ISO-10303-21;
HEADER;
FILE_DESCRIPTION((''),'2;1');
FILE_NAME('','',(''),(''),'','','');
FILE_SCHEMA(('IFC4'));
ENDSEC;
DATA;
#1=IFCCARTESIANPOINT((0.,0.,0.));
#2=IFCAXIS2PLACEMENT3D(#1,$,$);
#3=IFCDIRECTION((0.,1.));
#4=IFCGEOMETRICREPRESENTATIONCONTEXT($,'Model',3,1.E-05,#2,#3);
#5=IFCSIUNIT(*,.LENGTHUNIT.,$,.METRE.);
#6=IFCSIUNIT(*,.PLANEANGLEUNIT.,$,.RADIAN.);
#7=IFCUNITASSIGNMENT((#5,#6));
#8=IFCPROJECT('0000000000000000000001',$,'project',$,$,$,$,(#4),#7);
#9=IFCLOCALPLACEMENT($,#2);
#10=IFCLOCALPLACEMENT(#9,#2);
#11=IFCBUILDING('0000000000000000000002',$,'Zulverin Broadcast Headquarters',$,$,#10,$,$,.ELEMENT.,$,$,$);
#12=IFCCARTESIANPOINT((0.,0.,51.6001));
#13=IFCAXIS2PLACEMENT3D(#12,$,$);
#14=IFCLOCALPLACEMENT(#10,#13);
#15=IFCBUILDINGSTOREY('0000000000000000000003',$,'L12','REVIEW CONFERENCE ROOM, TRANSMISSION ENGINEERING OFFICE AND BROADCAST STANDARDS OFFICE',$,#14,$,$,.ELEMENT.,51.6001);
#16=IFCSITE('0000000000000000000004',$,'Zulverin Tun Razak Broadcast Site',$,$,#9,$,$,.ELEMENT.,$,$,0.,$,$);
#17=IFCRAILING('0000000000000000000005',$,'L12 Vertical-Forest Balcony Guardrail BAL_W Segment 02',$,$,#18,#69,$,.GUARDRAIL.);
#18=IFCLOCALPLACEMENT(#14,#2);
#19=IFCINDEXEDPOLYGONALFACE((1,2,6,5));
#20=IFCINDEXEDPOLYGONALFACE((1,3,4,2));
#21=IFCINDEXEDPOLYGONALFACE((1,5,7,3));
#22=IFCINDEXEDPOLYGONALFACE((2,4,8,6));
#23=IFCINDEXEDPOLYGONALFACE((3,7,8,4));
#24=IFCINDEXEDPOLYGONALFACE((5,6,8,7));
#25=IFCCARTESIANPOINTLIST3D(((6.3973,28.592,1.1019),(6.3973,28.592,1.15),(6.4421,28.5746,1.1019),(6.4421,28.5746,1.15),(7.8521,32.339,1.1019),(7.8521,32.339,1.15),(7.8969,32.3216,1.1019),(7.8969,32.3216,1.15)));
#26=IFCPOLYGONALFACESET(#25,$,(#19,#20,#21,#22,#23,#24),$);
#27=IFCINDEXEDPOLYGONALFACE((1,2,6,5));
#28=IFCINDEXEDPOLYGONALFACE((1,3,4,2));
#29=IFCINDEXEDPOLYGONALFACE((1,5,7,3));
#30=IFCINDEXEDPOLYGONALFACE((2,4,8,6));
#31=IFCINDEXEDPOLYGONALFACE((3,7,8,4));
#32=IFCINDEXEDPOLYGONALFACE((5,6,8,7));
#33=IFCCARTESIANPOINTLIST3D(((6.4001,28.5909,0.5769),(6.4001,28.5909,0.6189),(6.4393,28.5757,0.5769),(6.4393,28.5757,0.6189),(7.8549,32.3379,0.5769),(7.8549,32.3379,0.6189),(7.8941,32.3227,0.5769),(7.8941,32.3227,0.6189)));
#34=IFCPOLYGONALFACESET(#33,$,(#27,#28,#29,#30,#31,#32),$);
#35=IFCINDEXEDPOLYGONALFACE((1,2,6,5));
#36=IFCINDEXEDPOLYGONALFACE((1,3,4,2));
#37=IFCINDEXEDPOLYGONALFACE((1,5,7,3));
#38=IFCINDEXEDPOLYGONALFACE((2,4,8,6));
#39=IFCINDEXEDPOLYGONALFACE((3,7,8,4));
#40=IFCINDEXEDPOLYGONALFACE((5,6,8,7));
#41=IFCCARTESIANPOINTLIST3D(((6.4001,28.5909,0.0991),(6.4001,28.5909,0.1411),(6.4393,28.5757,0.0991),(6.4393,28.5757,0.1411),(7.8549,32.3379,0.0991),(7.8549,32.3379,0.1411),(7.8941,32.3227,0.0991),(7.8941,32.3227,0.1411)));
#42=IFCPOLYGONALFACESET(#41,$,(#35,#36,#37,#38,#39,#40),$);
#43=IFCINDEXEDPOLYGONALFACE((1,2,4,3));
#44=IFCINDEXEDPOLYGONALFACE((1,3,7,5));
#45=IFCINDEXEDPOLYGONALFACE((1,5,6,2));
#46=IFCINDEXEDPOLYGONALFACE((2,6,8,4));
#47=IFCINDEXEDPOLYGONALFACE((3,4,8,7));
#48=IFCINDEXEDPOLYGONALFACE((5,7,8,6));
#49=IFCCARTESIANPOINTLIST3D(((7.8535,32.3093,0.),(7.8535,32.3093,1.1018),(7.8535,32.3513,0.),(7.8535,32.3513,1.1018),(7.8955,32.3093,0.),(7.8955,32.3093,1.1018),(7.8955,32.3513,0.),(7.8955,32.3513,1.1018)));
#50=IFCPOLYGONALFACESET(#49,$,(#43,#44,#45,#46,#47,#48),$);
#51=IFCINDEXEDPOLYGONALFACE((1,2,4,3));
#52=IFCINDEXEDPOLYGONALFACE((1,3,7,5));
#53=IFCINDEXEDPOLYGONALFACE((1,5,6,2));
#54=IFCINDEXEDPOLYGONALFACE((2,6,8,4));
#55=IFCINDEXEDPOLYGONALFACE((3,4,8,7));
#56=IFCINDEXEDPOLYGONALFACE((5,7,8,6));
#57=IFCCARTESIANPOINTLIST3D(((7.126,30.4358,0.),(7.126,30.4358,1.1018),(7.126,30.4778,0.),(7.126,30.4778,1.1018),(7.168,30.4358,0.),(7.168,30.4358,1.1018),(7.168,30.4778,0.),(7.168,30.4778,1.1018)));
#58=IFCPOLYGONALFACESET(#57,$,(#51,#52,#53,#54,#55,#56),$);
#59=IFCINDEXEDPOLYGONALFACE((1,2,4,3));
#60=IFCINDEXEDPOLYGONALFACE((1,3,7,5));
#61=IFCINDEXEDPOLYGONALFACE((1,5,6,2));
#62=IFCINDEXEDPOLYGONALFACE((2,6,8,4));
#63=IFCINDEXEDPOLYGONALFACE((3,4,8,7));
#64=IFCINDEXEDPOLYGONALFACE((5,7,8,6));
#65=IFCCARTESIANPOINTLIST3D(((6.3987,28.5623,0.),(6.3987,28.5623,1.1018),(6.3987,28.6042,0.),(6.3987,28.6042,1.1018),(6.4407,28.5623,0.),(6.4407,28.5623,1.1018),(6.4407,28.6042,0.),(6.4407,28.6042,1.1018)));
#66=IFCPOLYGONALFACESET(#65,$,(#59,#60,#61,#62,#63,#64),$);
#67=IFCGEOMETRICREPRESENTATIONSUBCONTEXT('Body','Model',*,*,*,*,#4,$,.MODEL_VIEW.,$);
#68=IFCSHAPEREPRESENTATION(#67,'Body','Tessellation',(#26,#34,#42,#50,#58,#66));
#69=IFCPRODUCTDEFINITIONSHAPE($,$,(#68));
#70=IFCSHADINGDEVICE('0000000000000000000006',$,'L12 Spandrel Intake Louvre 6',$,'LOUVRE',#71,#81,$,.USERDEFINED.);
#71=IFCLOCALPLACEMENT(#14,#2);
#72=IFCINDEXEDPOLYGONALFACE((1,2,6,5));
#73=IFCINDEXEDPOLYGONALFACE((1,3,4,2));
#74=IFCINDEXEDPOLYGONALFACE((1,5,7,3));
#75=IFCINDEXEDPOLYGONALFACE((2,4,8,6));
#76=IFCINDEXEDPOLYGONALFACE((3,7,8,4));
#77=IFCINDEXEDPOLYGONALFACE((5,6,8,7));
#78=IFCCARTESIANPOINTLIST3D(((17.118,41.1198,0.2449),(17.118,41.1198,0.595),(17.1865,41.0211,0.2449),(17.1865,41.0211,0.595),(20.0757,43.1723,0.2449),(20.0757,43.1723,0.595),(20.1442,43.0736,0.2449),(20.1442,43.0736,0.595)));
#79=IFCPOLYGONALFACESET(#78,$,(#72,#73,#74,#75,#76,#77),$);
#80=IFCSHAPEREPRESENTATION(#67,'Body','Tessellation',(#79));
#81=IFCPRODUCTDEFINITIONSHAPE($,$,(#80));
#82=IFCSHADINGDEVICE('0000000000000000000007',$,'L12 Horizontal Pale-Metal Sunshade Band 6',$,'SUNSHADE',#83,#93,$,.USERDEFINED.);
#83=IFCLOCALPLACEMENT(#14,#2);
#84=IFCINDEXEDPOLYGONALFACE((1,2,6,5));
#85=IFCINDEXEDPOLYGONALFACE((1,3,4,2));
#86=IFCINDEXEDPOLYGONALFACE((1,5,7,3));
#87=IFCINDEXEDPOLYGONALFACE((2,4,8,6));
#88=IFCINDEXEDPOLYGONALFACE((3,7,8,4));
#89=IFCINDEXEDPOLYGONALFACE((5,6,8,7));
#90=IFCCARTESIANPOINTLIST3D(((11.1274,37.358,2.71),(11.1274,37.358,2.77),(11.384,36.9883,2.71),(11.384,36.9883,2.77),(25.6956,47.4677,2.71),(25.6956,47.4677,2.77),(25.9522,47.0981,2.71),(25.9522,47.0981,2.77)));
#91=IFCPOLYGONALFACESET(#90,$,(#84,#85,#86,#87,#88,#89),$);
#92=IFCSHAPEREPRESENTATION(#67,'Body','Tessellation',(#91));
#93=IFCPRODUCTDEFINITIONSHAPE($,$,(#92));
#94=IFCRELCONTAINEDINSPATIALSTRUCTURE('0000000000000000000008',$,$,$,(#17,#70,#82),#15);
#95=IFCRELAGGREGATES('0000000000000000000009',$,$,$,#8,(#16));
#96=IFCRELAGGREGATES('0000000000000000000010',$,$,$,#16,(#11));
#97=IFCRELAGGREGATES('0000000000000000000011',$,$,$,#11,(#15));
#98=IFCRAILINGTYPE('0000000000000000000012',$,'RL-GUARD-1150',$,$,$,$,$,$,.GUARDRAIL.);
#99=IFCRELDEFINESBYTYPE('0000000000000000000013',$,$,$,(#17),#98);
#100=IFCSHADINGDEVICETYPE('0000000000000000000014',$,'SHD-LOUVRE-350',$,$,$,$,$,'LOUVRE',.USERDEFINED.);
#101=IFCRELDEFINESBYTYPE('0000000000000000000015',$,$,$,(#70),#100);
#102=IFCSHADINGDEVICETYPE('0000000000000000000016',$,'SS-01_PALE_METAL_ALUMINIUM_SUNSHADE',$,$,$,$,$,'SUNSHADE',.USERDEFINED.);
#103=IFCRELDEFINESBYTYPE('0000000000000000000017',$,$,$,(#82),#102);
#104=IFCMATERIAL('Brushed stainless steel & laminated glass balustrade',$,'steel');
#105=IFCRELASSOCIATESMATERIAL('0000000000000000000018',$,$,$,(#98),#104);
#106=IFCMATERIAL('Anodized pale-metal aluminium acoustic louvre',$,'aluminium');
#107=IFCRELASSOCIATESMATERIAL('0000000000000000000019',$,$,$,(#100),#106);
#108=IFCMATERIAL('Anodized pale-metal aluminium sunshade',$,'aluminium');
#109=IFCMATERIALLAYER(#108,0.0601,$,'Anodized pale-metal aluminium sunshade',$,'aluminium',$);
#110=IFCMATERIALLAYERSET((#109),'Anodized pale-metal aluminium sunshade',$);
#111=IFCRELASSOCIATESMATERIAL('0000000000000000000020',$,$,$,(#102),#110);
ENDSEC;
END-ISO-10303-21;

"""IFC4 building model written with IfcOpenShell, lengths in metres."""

from ifc_helpers import new_model, si_unit, direction, frame, origin, origin_2d, place, context, subcontext, project, spatial, rectangle, extrude, material, layer, layer_set, type_object, element, save


model = new_model("IFC4")

# Units and contexts
model_context = context("Model", 3, precision=1e-05, world=origin(), true_north=direction((0.0, 1.0)))
body_context = subcontext(model_context, "Body", "Model", "MODEL_VIEW")
ifc_project = project(units=[si_unit("LENGTHUNIT", "METRE"), si_unit("PLANEANGLEUNIT", "RADIAN")], contexts=[model_context])

# Site, building, storey
site_placement = place(None, origin())
site = spatial("IfcSite", under=ifc_project, at=site_placement, Name="Zulverin Tun Razak Broadcast Site", CompositionType="ELEMENT", RefElevation=0.0)
building_placement = place(site_placement, origin())
building = spatial("IfcBuilding", under=site, at=building_placement, Name="Zulverin Broadcast Headquarters", CompositionType="ELEMENT")
storey_placement = place(building_placement, frame((0.0, 0.0, 51.6001)))
storey = spatial("IfcBuildingStorey", under=building, at=storey_placement, Name="L12", Description="REVIEW CONFERENCE ROOM, TRANSMISSION ENGINEERING OFFICE AND BROADCAST STANDARDS OFFICE", CompositionType="ELEMENT", Elevation=51.6001)

# Railing
ifc_material_1 = material(Name="Brushed stainless steel & laminated glass balustrade", Category="steel")
railing_type = type_object("IfcRailingType", Name="RL-GUARD-1150", PredefinedType="GUARDRAIL", material=ifc_material_1)
railing_placement = place(storey_placement, frame((7.8745, 32.3303, 0.0)))
element("IfcRailing", 1, at=railing_placement, inside=storey, type_object=railing_type, Name="L12 Vertical-Forest Balcony Guardrail BAL_W Segment 02", PredefinedType="GUARDRAIL", context=body_context, shape_type="SweptSolid", body=[
    extrude(rectangle(XDim=0.0481, YDim=0.0481, at=origin_2d()), frame((0.0, 0.0, 1.126), z_axis=(-0.361936, -0.932203, 0.0), x_axis=(0.932203, -0.361936, 0.0)), (0.0, 0.0, 1.0), 4.0195),
    extrude(rectangle(XDim=0.042, YDim=0.042, at=origin_2d()), frame((0.0, 0.0, 0.5979), z_axis=(-0.361936, -0.932203, 0.0), x_axis=(0.932203, -0.361936, 0.0)), (0.0, 0.0, 1.0), 4.0195),
    extrude(rectangle(XDim=0.042, YDim=0.042, at=origin_2d()), frame((0.0, 0.0, 0.1201), z_axis=(-0.361936, -0.932203, 0.0), x_axis=(0.932203, -0.361936, 0.0)), (0.0, 0.0, 1.0), 4.0195),
    extrude(rectangle(XDim=0.042, YDim=0.042, at=origin_2d()), origin(), (0.0, 0.0, 1.0), 1.1018),
    extrude(rectangle(XDim=0.042, YDim=0.042, at=origin_2d()), frame((-0.7275, -1.8735, 0.0)), (0.0, 0.0, 1.0), 1.1018),
    extrude(rectangle(XDim=0.042, YDim=0.042, at=origin_2d()), frame((-1.4548, -3.7471, 0.0)), (0.0, 0.0, 1.0), 1.1018),
])

# Shading devices
ifc_material_2 = material(Name="Anodized pale-metal aluminium acoustic louvre", Category="aluminium")
shading_device_type_1 = type_object("IfcShadingDeviceType", Name="SHD-LOUVRE-350", ElementType="LOUVRE", PredefinedType="USERDEFINED", material=ifc_material_2)
shading_device_1_placement = place(storey_placement, frame((18.6311, 42.0967, 0.2449), z_axis=(0.0, 0.0, 1.0), x_axis=(-0.821556, -0.570127, 0.0)))
element("IfcShadingDevice", 2, at=shading_device_1_placement, inside=storey, type_object=shading_device_type_1, Name="L12 Spandrel Intake Louvre 6", ObjectType="LOUVRE", PredefinedType="USERDEFINED", context=body_context, shape_type="SweptSolid", body=[
    extrude(rectangle(XDim=3.6001, YDim=0.1201, at=origin_2d()), origin(), (0.0, 0.0, 1.0), 0.3501),
])
ifc_material_3 = material(Name="Anodized pale-metal aluminium sunshade", Category="aluminium")
ifc_layer_1 = layer(ifc_material_3, 0.0601, Name="Anodized pale-metal aluminium sunshade", Category="aluminium")
ifc_layer_set_1 = layer_set([ifc_layer_1], Name="Anodized pale-metal aluminium sunshade")
shading_device_type_2 = type_object("IfcShadingDeviceType", Name="SS-01_PALE_METAL_ALUMINIUM_SUNSHADE", ElementType="SUNSHADE", PredefinedType="USERDEFINED", material=ifc_layer_set_1)
shading_device_2_placement = place(storey_placement, frame((18.5398, 42.228, 2.71), z_axis=(0.0, 0.0, 1.0), x_axis=(-0.821556, -0.570127, 0.0)))
element("IfcShadingDevice", 3, at=shading_device_2_placement, inside=storey, type_object=shading_device_type_2, Name="L12 Horizontal Pale-Metal Sunshade Band 6", ObjectType="SUNSHADE", PredefinedType="USERDEFINED", context=body_context, shape_type="SweptSolid", body=[
    extrude(rectangle(XDim=17.7324, YDim=0.45, at=origin_2d()), origin(), (0.0, 0.0, 1.0), 0.0601),
])

save(model, "model.ifc")
